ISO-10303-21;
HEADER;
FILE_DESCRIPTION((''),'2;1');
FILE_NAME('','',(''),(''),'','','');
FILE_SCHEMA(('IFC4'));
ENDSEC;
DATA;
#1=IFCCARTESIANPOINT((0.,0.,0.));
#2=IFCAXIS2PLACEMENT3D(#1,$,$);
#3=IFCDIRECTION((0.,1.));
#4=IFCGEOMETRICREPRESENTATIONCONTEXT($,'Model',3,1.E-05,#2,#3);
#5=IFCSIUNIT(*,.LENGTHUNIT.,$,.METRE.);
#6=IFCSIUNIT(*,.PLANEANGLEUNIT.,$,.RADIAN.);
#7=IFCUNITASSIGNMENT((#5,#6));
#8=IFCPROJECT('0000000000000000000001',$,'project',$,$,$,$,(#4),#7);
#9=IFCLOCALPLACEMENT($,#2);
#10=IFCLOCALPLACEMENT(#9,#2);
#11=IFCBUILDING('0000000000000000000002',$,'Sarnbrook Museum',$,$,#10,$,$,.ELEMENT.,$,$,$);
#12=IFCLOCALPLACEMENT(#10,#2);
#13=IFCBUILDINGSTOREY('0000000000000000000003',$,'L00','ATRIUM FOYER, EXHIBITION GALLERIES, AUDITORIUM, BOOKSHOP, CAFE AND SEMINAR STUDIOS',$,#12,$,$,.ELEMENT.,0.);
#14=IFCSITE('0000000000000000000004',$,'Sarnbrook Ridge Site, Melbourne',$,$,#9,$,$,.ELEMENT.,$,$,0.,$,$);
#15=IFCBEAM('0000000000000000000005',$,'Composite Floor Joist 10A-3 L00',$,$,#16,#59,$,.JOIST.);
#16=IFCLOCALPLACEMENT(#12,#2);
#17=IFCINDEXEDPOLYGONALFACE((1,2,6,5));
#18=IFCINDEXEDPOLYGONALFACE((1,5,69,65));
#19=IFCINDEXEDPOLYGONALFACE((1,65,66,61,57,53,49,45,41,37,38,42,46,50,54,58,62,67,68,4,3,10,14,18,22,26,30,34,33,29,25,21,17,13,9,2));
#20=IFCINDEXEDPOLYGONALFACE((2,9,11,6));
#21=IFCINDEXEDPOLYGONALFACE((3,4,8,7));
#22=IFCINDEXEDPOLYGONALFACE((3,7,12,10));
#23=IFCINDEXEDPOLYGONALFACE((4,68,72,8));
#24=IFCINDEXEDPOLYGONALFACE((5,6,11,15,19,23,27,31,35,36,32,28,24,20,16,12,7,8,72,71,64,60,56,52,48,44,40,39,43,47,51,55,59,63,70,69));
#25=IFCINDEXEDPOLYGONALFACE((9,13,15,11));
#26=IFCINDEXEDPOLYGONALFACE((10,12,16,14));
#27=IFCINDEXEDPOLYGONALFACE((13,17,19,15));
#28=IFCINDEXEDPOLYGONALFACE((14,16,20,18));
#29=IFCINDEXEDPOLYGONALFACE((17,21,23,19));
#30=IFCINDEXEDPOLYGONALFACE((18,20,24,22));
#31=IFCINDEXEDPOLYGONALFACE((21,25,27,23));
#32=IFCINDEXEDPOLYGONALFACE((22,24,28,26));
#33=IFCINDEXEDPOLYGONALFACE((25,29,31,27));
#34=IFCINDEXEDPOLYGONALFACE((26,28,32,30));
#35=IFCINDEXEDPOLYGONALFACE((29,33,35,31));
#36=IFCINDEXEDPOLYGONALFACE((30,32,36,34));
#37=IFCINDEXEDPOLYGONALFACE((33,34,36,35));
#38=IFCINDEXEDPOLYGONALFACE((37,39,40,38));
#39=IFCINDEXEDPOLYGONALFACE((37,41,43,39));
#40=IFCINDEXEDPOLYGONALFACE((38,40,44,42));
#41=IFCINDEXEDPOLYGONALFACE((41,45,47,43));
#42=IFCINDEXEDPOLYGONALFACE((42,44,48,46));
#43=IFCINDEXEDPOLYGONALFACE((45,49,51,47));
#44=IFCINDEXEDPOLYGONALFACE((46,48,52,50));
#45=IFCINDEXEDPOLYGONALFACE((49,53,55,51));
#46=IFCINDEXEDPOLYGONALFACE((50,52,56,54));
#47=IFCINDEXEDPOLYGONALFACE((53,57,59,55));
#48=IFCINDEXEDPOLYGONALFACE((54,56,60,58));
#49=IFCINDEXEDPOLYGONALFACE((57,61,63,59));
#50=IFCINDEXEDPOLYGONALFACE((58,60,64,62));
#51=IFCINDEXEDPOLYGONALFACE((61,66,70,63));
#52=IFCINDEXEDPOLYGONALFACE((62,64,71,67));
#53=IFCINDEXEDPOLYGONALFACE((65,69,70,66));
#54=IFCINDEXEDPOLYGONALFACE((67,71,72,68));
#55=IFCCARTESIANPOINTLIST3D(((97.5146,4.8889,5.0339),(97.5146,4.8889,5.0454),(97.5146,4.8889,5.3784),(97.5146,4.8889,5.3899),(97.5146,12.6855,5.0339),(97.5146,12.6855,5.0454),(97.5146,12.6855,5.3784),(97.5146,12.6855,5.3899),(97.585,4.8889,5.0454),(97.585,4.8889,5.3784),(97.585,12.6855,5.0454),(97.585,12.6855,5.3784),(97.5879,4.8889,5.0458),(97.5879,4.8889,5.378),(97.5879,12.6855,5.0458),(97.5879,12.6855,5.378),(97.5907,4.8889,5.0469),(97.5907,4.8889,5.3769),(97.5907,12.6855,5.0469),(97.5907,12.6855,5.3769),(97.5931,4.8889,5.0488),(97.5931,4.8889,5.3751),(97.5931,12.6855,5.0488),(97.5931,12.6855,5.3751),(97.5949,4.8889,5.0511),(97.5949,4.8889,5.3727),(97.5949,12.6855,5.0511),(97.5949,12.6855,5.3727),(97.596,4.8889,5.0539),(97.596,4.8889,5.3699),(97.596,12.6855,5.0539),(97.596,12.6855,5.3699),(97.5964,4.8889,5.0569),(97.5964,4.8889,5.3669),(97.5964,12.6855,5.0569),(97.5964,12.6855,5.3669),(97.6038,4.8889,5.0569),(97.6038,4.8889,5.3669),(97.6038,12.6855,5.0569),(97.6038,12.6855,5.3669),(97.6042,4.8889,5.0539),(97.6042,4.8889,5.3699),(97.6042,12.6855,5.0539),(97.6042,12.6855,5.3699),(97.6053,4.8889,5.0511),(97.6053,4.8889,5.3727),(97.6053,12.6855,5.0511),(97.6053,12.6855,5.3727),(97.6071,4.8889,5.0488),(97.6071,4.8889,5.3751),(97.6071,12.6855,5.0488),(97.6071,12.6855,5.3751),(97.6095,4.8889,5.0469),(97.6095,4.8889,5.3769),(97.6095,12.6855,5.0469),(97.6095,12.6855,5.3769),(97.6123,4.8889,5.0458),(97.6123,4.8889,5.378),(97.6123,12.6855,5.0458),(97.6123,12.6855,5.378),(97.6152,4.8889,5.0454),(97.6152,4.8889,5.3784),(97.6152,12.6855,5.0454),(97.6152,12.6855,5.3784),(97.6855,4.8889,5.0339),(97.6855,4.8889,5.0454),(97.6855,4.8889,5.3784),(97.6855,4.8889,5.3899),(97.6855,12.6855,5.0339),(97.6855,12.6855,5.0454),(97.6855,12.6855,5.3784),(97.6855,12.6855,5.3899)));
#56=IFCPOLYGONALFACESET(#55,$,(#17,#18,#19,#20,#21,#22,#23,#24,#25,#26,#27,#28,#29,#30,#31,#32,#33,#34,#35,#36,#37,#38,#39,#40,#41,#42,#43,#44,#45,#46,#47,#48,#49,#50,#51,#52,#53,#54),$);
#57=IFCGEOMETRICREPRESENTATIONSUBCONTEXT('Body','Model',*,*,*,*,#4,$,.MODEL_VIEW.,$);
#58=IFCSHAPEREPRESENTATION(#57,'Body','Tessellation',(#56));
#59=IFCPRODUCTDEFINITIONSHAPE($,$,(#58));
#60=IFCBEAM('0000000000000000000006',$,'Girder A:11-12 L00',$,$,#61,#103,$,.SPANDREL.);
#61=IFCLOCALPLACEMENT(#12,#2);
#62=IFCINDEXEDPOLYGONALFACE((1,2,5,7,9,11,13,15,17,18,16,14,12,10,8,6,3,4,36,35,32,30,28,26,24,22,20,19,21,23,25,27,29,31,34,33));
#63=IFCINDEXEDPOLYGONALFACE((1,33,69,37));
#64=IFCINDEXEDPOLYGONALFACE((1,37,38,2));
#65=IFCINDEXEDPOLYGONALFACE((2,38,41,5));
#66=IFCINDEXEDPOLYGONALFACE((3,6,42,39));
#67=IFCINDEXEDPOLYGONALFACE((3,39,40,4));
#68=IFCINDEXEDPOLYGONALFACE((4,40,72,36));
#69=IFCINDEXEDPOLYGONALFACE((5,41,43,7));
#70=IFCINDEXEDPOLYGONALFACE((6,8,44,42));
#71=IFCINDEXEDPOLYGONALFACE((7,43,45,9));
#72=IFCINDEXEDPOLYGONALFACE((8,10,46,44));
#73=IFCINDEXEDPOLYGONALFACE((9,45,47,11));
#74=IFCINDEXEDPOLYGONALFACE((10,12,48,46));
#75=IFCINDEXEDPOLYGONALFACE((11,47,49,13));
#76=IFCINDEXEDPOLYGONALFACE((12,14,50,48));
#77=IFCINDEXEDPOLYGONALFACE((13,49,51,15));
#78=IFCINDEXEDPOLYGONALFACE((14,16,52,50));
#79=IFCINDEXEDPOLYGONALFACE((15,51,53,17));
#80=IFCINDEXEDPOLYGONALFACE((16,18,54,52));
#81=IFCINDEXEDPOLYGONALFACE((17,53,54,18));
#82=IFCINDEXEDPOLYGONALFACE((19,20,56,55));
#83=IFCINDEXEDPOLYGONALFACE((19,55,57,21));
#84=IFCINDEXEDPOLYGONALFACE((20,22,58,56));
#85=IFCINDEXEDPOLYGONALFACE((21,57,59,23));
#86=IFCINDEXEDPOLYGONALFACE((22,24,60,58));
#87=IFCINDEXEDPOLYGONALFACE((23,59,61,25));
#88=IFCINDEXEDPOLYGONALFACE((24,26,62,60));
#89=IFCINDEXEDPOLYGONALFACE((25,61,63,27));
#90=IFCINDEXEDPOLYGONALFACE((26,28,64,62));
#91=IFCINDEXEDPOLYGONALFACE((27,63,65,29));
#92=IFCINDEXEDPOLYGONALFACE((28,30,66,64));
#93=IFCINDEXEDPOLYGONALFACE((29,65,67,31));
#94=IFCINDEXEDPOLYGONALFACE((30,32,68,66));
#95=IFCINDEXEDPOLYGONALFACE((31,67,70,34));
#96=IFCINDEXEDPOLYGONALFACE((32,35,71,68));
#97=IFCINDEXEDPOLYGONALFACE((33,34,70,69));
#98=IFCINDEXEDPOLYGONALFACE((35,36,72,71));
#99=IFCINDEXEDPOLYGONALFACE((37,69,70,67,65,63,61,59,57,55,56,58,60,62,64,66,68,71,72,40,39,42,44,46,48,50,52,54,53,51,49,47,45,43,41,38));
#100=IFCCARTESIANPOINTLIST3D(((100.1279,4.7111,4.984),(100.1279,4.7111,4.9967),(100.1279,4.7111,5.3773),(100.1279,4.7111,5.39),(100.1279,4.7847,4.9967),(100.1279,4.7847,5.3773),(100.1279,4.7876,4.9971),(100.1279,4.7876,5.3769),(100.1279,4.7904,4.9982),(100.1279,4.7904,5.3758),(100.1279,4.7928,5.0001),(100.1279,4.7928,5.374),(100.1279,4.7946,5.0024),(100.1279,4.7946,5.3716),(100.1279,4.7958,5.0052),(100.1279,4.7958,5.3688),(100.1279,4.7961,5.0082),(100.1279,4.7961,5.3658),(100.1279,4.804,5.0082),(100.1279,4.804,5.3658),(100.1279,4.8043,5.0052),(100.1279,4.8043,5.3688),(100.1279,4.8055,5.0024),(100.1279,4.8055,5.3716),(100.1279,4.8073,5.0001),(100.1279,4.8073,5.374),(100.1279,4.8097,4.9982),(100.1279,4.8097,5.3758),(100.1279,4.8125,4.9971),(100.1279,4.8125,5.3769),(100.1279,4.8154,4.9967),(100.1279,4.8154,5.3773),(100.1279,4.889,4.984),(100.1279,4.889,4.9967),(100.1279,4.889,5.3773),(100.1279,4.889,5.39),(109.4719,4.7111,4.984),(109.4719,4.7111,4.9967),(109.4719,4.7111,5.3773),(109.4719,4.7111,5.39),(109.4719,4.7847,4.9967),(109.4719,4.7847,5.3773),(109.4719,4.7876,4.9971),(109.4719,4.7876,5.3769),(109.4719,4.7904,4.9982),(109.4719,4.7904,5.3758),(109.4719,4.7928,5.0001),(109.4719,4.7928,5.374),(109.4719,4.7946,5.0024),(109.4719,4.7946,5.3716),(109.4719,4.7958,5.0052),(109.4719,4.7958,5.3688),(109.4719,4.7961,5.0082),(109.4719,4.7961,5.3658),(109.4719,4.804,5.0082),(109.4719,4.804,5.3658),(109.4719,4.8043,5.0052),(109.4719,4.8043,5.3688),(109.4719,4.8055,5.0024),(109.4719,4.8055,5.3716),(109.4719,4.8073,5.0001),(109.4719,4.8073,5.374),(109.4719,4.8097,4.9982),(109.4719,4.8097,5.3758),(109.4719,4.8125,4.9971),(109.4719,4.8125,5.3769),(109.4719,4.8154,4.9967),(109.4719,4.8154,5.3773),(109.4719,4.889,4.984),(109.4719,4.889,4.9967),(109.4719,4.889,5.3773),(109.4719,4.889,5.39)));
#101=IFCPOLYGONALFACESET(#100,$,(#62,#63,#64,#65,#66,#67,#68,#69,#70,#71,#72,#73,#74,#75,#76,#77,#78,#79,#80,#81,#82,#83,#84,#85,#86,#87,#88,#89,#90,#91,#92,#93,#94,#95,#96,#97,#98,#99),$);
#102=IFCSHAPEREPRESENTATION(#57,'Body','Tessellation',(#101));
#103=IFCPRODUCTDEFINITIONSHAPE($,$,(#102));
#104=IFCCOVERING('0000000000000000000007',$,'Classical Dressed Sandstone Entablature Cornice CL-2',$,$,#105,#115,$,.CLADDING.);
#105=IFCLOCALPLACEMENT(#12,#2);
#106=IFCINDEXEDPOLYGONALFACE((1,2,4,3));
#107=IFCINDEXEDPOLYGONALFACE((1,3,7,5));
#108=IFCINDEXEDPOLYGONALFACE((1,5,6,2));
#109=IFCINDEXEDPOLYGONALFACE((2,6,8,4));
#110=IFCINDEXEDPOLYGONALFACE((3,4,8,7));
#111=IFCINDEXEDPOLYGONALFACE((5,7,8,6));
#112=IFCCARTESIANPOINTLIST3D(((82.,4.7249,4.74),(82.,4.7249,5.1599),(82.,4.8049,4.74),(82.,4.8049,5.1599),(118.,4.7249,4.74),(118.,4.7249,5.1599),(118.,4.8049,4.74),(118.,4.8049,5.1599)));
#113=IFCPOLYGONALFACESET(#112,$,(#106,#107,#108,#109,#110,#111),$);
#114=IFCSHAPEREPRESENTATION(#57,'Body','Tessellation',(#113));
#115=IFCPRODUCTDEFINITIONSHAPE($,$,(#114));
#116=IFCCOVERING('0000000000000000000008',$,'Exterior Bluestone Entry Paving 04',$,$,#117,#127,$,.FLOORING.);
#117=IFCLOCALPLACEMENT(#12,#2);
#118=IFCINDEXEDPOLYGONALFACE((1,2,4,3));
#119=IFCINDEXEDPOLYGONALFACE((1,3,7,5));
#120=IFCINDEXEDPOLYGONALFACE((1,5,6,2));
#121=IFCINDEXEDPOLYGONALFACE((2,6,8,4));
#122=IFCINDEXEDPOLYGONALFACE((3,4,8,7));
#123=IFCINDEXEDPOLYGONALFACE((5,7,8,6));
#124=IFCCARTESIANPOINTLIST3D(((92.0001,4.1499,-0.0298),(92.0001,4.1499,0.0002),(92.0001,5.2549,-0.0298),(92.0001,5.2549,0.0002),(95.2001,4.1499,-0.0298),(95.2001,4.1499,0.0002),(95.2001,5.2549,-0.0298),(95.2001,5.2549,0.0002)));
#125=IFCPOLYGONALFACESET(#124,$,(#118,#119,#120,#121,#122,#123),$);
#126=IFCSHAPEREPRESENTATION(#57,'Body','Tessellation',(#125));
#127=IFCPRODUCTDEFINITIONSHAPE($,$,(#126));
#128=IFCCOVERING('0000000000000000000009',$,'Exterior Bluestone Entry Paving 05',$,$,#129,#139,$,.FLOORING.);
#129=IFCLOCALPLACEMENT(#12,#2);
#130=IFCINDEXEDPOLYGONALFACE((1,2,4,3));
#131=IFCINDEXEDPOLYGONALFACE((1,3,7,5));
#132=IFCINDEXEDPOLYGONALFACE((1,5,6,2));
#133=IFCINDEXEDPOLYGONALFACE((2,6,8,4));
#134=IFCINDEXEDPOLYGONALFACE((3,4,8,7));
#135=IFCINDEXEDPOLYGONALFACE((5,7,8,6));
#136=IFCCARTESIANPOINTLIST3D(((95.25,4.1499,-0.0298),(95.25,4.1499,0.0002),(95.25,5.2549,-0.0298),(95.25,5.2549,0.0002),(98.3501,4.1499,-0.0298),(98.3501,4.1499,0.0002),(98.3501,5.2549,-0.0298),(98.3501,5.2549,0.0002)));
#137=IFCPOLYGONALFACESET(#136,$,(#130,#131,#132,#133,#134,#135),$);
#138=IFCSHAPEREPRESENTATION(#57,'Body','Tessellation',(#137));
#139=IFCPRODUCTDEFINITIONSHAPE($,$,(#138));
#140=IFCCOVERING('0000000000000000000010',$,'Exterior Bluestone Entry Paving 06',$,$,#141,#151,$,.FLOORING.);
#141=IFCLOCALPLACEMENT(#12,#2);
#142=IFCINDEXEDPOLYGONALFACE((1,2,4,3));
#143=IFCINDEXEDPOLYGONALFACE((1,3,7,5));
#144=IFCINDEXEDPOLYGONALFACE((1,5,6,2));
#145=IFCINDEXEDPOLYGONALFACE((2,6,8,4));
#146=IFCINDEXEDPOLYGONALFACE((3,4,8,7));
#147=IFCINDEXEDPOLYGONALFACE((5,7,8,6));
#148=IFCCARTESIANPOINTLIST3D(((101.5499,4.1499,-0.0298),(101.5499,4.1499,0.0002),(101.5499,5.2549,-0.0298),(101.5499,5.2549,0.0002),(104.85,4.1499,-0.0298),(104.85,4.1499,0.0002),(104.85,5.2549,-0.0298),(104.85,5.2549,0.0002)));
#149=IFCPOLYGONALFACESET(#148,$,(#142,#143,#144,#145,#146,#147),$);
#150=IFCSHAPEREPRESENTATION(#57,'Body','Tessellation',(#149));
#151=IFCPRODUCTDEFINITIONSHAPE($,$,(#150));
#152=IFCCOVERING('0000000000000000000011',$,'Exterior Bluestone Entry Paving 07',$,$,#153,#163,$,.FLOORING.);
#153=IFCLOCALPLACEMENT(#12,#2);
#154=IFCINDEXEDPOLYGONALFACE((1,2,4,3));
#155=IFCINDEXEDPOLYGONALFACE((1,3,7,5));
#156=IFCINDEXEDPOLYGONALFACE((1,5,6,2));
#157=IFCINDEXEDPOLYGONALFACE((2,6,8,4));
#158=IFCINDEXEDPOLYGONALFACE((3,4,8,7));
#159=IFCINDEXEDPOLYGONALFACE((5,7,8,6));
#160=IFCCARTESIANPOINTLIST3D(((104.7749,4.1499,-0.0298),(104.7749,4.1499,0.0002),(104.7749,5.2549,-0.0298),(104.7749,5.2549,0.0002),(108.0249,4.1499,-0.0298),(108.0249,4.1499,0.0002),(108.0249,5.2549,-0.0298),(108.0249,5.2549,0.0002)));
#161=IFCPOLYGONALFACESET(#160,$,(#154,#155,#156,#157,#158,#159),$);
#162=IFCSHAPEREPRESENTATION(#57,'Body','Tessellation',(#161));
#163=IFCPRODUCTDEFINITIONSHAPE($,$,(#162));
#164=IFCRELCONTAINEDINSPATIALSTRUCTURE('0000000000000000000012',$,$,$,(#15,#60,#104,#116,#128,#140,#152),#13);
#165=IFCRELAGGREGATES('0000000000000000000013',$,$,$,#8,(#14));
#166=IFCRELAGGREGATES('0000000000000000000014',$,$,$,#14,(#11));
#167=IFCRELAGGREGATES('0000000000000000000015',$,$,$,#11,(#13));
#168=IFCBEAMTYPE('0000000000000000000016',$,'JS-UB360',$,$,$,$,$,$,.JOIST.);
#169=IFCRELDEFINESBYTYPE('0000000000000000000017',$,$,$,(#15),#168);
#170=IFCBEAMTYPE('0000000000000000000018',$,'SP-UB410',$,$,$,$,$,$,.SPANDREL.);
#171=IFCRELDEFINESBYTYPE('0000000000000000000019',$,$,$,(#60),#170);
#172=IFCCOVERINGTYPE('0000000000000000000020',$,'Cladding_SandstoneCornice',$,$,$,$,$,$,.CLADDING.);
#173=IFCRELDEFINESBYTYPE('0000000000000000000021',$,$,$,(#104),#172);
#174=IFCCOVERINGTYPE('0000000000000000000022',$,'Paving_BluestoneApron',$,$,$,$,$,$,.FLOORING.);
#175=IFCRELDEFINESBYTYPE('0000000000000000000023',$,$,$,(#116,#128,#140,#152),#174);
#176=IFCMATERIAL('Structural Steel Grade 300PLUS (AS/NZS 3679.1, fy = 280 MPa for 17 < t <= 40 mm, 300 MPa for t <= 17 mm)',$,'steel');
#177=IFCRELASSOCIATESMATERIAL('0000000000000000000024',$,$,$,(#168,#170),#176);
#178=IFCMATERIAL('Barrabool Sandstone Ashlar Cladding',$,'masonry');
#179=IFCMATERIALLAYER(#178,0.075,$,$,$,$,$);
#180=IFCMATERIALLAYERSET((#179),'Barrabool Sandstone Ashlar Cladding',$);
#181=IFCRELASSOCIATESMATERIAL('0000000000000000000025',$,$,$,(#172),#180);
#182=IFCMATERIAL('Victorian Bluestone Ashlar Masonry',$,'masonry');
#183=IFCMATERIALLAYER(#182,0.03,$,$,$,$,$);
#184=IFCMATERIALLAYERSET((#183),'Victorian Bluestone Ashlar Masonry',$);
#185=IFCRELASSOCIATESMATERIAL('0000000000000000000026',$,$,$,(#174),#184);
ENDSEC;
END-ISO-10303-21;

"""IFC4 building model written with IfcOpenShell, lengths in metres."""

from ifc_helpers import new_model, si_unit, direction, frame, origin, origin_2d, place, context, subcontext, project, spatial, rectangle, i_section, extrude, material, layer, layer_set, material_profile, profile_set, type_object, element, save


model = new_model("IFC4")

# Units and contexts
model_context = context("Model", 3, precision=1e-05, world=origin(), true_north=direction((0.0, 1.0)))
body_context = subcontext(model_context, "Body", "Model", "MODEL_VIEW")
ifc_project = project(units=[si_unit("LENGTHUNIT", "METRE"), si_unit("PLANEANGLEUNIT", "RADIAN")], contexts=[model_context])

# Site, building, storey
site_placement = place(None, origin())
site = spatial("IfcSite", under=ifc_project, at=site_placement, Name="Sarnbrook Ridge Site, Melbourne", CompositionType="ELEMENT", RefElevation=0.0)
building_placement = place(site_placement, origin())
building = spatial("IfcBuilding", under=site, at=building_placement, Name="Sarnbrook Museum", CompositionType="ELEMENT")
storey_placement = place(building_placement, origin())
storey = spatial("IfcBuildingStorey", under=building, at=storey_placement, Name="L00", Description="ATRIUM FOYER, EXHIBITION GALLERIES, AUDITORIUM, BOOKSHOP, CAFE AND SEMINAR STUDIOS", CompositionType="ELEMENT", Elevation=0.0)

# Shared definitions
ifc_material_1 = material(Name="Structural Steel Grade 300PLUS (AS/NZS 3679.1, fy = 280 MPa for 17 < t <= 40 mm, 300 MPa for t <= 17 mm)", Category="steel")

# Beams
ifc_material_profile_1 = material_profile(ifc_material_1, i_section(OverallWidth=0.1709, OverallDepth=0.356, WebThickness=0.0073, FlangeThickness=0.0115, FilletRadius=0.0115, at=origin_2d()), Name="360UB50.7")
ifc_profile_set_1 = profile_set([ifc_material_profile_1], Name="Structural Steel Grade 300PLUS (AS/NZS 3679.1, fy = 280 MPa for 17 < t <= 40 mm, 300 MPa for t <= 17 mm)")
beam_type_1 = type_object("IfcBeamType", Name="JS-UB360", PredefinedType="JOIST", material=ifc_profile_set_1)
for number, where, z_axis, x_axis, name in (
    (1, (97.6001, 4.8889, 5.2119), (0.0, 1.0, 0.0), (-1.0, 0.0, 0.0), "Composite Floor Joist 10A-3 L00"),
):
    element("IfcBeam", number, at=place(storey_placement, frame(where, z_axis=z_axis, x_axis=x_axis)), inside=storey, type_object=beam_type_1, Name=name, PredefinedType="JOIST", context=body_context, shape_type="SweptSolid", body=[
        extrude(i_section(OverallWidth=0.1709, OverallDepth=0.356, WebThickness=0.0073, FlangeThickness=0.0115, FilletRadius=0.0115, at=origin_2d()), origin(), (0.0, 0.0, 1.0), 7.7966),
    ])
ifc_material_profile_2 = material_profile(ifc_material_1, i_section(OverallWidth=0.178, OverallDepth=0.406, WebThickness=0.0078, FlangeThickness=0.0127, FilletRadius=0.0115, at=origin_2d()), Name="410UB59.7")
ifc_profile_set_2 = profile_set([ifc_material_profile_2], Name="Structural Steel Grade 300PLUS (AS/NZS 3679.1, fy = 280 MPa for 17 < t <= 40 mm, 300 MPa for t <= 17 mm)")
beam_type_2 = type_object("IfcBeamType", Name="SP-UB410", PredefinedType="SPANDREL", material=ifc_profile_set_2)
beam_1_placement = place(storey_placement, frame((100.1279, 4.8, 5.187), z_axis=(1.0, 0.0, 0.0), x_axis=(0.0, 1.0, 0.0)))
element("IfcBeam", 2, at=beam_1_placement, inside=storey, type_object=beam_type_2, Name="Girder A:11-12 L00", PredefinedType="SPANDREL", context=body_context, shape_type="SweptSolid", body=[
    extrude(i_section(OverallWidth=0.178, OverallDepth=0.406, WebThickness=0.0078, FlangeThickness=0.0127, FilletRadius=0.0115, at=origin_2d()), origin(), (0.0, 0.0, 1.0), 9.344),
])

# Coverings
ifc_material_2 = material(Name="Barrabool Sandstone Ashlar Cladding", Category="masonry")
ifc_layer_1 = layer(ifc_material_2, 0.075)
ifc_layer_set_1 = layer_set([ifc_layer_1], Name="Barrabool Sandstone Ashlar Cladding")
covering_type_1 = type_object("IfcCoveringType", Name="Cladding_SandstoneCornice", PredefinedType="CLADDING", material=ifc_layer_set_1)
covering_1_placement = place(storey_placement, frame((100.0, 4.7649, 4.74), z_axis=(0.0, 0.0, 1.0), x_axis=(1.0, 0.0, 0.0)))
element("IfcCovering", 3, at=covering_1_placement, inside=storey, type_object=covering_type_1, Name="Classical Dressed Sandstone Entablature Cornice CL-2", PredefinedType="CLADDING", context=body_context, shape_type="SweptSolid", body=[
    extrude(rectangle(XDim=36.0, YDim=0.0801, at=origin_2d()), origin(), (0.0, 0.0, 1.0), 0.4199),
])
ifc_material_3 = material(Name="Victorian Bluestone Ashlar Masonry", Category="masonry")
ifc_layer_2 = layer(ifc_material_3, 0.03)
ifc_layer_set_2 = layer_set([ifc_layer_2], Name="Victorian Bluestone Ashlar Masonry")
covering_type_2 = type_object("IfcCoveringType", Name="Paving_BluestoneApron", PredefinedType="FLOORING", material=ifc_layer_set_2)
covering_2_placement = place(storey_placement, frame((93.6001, 4.7024, -0.0298), z_axis=(0.0, 0.0, 1.0), x_axis=(1.0, 0.0, 0.0)))
element("IfcCovering", 4, at=covering_2_placement, inside=storey, type_object=covering_type_2, Name="Exterior Bluestone Entry Paving 04", PredefinedType="FLOORING", context=body_context, shape_type="SweptSolid", body=[
    extrude(rectangle(XDim=3.2, YDim=1.105, at=origin_2d()), origin(), (0.0, 0.0, 1.0), 0.03),
])
covering_3_placement = place(storey_placement, frame((96.8, 4.7024, -0.0298), z_axis=(0.0, 0.0, 1.0), x_axis=(1.0, 0.0, 0.0)))
element("IfcCovering", 5, at=covering_3_placement, inside=storey, type_object=covering_type_2, Name="Exterior Bluestone Entry Paving 05", PredefinedType="FLOORING", context=body_context, shape_type="SweptSolid", body=[
    extrude(rectangle(XDim=3.1001, YDim=1.105, at=origin_2d()), origin(), (0.0, 0.0, 1.0), 0.03),
])
covering_4_placement = place(storey_placement, frame((103.2, 4.7024, -0.0298), z_axis=(0.0, 0.0, 1.0), x_axis=(1.0, 0.0, 0.0)))
element("IfcCovering", 6, at=covering_4_placement, inside=storey, type_object=covering_type_2, Name="Exterior Bluestone Entry Paving 06", PredefinedType="FLOORING", context=body_context, shape_type="SweptSolid", body=[
    extrude(rectangle(XDim=3.3, YDim=1.105, at=origin_2d()), origin(), (0.0, 0.0, 1.0), 0.03),
])
covering_5_placement = place(storey_placement, frame((106.3999, 4.7024, -0.0298), z_axis=(0.0, 0.0, 1.0), x_axis=(1.0, 0.0, 0.0)))
element("IfcCovering", 7, at=covering_5_placement, inside=storey, type_object=covering_type_2, Name="Exterior Bluestone Entry Paving 07", PredefinedType="FLOORING", context=body_context, shape_type="SweptSolid", body=[
    extrude(rectangle(XDim=3.25, YDim=1.105, at=origin_2d()), origin(), (0.0, 0.0, 1.0), 0.03),
])

save(model, "model.ifc")
